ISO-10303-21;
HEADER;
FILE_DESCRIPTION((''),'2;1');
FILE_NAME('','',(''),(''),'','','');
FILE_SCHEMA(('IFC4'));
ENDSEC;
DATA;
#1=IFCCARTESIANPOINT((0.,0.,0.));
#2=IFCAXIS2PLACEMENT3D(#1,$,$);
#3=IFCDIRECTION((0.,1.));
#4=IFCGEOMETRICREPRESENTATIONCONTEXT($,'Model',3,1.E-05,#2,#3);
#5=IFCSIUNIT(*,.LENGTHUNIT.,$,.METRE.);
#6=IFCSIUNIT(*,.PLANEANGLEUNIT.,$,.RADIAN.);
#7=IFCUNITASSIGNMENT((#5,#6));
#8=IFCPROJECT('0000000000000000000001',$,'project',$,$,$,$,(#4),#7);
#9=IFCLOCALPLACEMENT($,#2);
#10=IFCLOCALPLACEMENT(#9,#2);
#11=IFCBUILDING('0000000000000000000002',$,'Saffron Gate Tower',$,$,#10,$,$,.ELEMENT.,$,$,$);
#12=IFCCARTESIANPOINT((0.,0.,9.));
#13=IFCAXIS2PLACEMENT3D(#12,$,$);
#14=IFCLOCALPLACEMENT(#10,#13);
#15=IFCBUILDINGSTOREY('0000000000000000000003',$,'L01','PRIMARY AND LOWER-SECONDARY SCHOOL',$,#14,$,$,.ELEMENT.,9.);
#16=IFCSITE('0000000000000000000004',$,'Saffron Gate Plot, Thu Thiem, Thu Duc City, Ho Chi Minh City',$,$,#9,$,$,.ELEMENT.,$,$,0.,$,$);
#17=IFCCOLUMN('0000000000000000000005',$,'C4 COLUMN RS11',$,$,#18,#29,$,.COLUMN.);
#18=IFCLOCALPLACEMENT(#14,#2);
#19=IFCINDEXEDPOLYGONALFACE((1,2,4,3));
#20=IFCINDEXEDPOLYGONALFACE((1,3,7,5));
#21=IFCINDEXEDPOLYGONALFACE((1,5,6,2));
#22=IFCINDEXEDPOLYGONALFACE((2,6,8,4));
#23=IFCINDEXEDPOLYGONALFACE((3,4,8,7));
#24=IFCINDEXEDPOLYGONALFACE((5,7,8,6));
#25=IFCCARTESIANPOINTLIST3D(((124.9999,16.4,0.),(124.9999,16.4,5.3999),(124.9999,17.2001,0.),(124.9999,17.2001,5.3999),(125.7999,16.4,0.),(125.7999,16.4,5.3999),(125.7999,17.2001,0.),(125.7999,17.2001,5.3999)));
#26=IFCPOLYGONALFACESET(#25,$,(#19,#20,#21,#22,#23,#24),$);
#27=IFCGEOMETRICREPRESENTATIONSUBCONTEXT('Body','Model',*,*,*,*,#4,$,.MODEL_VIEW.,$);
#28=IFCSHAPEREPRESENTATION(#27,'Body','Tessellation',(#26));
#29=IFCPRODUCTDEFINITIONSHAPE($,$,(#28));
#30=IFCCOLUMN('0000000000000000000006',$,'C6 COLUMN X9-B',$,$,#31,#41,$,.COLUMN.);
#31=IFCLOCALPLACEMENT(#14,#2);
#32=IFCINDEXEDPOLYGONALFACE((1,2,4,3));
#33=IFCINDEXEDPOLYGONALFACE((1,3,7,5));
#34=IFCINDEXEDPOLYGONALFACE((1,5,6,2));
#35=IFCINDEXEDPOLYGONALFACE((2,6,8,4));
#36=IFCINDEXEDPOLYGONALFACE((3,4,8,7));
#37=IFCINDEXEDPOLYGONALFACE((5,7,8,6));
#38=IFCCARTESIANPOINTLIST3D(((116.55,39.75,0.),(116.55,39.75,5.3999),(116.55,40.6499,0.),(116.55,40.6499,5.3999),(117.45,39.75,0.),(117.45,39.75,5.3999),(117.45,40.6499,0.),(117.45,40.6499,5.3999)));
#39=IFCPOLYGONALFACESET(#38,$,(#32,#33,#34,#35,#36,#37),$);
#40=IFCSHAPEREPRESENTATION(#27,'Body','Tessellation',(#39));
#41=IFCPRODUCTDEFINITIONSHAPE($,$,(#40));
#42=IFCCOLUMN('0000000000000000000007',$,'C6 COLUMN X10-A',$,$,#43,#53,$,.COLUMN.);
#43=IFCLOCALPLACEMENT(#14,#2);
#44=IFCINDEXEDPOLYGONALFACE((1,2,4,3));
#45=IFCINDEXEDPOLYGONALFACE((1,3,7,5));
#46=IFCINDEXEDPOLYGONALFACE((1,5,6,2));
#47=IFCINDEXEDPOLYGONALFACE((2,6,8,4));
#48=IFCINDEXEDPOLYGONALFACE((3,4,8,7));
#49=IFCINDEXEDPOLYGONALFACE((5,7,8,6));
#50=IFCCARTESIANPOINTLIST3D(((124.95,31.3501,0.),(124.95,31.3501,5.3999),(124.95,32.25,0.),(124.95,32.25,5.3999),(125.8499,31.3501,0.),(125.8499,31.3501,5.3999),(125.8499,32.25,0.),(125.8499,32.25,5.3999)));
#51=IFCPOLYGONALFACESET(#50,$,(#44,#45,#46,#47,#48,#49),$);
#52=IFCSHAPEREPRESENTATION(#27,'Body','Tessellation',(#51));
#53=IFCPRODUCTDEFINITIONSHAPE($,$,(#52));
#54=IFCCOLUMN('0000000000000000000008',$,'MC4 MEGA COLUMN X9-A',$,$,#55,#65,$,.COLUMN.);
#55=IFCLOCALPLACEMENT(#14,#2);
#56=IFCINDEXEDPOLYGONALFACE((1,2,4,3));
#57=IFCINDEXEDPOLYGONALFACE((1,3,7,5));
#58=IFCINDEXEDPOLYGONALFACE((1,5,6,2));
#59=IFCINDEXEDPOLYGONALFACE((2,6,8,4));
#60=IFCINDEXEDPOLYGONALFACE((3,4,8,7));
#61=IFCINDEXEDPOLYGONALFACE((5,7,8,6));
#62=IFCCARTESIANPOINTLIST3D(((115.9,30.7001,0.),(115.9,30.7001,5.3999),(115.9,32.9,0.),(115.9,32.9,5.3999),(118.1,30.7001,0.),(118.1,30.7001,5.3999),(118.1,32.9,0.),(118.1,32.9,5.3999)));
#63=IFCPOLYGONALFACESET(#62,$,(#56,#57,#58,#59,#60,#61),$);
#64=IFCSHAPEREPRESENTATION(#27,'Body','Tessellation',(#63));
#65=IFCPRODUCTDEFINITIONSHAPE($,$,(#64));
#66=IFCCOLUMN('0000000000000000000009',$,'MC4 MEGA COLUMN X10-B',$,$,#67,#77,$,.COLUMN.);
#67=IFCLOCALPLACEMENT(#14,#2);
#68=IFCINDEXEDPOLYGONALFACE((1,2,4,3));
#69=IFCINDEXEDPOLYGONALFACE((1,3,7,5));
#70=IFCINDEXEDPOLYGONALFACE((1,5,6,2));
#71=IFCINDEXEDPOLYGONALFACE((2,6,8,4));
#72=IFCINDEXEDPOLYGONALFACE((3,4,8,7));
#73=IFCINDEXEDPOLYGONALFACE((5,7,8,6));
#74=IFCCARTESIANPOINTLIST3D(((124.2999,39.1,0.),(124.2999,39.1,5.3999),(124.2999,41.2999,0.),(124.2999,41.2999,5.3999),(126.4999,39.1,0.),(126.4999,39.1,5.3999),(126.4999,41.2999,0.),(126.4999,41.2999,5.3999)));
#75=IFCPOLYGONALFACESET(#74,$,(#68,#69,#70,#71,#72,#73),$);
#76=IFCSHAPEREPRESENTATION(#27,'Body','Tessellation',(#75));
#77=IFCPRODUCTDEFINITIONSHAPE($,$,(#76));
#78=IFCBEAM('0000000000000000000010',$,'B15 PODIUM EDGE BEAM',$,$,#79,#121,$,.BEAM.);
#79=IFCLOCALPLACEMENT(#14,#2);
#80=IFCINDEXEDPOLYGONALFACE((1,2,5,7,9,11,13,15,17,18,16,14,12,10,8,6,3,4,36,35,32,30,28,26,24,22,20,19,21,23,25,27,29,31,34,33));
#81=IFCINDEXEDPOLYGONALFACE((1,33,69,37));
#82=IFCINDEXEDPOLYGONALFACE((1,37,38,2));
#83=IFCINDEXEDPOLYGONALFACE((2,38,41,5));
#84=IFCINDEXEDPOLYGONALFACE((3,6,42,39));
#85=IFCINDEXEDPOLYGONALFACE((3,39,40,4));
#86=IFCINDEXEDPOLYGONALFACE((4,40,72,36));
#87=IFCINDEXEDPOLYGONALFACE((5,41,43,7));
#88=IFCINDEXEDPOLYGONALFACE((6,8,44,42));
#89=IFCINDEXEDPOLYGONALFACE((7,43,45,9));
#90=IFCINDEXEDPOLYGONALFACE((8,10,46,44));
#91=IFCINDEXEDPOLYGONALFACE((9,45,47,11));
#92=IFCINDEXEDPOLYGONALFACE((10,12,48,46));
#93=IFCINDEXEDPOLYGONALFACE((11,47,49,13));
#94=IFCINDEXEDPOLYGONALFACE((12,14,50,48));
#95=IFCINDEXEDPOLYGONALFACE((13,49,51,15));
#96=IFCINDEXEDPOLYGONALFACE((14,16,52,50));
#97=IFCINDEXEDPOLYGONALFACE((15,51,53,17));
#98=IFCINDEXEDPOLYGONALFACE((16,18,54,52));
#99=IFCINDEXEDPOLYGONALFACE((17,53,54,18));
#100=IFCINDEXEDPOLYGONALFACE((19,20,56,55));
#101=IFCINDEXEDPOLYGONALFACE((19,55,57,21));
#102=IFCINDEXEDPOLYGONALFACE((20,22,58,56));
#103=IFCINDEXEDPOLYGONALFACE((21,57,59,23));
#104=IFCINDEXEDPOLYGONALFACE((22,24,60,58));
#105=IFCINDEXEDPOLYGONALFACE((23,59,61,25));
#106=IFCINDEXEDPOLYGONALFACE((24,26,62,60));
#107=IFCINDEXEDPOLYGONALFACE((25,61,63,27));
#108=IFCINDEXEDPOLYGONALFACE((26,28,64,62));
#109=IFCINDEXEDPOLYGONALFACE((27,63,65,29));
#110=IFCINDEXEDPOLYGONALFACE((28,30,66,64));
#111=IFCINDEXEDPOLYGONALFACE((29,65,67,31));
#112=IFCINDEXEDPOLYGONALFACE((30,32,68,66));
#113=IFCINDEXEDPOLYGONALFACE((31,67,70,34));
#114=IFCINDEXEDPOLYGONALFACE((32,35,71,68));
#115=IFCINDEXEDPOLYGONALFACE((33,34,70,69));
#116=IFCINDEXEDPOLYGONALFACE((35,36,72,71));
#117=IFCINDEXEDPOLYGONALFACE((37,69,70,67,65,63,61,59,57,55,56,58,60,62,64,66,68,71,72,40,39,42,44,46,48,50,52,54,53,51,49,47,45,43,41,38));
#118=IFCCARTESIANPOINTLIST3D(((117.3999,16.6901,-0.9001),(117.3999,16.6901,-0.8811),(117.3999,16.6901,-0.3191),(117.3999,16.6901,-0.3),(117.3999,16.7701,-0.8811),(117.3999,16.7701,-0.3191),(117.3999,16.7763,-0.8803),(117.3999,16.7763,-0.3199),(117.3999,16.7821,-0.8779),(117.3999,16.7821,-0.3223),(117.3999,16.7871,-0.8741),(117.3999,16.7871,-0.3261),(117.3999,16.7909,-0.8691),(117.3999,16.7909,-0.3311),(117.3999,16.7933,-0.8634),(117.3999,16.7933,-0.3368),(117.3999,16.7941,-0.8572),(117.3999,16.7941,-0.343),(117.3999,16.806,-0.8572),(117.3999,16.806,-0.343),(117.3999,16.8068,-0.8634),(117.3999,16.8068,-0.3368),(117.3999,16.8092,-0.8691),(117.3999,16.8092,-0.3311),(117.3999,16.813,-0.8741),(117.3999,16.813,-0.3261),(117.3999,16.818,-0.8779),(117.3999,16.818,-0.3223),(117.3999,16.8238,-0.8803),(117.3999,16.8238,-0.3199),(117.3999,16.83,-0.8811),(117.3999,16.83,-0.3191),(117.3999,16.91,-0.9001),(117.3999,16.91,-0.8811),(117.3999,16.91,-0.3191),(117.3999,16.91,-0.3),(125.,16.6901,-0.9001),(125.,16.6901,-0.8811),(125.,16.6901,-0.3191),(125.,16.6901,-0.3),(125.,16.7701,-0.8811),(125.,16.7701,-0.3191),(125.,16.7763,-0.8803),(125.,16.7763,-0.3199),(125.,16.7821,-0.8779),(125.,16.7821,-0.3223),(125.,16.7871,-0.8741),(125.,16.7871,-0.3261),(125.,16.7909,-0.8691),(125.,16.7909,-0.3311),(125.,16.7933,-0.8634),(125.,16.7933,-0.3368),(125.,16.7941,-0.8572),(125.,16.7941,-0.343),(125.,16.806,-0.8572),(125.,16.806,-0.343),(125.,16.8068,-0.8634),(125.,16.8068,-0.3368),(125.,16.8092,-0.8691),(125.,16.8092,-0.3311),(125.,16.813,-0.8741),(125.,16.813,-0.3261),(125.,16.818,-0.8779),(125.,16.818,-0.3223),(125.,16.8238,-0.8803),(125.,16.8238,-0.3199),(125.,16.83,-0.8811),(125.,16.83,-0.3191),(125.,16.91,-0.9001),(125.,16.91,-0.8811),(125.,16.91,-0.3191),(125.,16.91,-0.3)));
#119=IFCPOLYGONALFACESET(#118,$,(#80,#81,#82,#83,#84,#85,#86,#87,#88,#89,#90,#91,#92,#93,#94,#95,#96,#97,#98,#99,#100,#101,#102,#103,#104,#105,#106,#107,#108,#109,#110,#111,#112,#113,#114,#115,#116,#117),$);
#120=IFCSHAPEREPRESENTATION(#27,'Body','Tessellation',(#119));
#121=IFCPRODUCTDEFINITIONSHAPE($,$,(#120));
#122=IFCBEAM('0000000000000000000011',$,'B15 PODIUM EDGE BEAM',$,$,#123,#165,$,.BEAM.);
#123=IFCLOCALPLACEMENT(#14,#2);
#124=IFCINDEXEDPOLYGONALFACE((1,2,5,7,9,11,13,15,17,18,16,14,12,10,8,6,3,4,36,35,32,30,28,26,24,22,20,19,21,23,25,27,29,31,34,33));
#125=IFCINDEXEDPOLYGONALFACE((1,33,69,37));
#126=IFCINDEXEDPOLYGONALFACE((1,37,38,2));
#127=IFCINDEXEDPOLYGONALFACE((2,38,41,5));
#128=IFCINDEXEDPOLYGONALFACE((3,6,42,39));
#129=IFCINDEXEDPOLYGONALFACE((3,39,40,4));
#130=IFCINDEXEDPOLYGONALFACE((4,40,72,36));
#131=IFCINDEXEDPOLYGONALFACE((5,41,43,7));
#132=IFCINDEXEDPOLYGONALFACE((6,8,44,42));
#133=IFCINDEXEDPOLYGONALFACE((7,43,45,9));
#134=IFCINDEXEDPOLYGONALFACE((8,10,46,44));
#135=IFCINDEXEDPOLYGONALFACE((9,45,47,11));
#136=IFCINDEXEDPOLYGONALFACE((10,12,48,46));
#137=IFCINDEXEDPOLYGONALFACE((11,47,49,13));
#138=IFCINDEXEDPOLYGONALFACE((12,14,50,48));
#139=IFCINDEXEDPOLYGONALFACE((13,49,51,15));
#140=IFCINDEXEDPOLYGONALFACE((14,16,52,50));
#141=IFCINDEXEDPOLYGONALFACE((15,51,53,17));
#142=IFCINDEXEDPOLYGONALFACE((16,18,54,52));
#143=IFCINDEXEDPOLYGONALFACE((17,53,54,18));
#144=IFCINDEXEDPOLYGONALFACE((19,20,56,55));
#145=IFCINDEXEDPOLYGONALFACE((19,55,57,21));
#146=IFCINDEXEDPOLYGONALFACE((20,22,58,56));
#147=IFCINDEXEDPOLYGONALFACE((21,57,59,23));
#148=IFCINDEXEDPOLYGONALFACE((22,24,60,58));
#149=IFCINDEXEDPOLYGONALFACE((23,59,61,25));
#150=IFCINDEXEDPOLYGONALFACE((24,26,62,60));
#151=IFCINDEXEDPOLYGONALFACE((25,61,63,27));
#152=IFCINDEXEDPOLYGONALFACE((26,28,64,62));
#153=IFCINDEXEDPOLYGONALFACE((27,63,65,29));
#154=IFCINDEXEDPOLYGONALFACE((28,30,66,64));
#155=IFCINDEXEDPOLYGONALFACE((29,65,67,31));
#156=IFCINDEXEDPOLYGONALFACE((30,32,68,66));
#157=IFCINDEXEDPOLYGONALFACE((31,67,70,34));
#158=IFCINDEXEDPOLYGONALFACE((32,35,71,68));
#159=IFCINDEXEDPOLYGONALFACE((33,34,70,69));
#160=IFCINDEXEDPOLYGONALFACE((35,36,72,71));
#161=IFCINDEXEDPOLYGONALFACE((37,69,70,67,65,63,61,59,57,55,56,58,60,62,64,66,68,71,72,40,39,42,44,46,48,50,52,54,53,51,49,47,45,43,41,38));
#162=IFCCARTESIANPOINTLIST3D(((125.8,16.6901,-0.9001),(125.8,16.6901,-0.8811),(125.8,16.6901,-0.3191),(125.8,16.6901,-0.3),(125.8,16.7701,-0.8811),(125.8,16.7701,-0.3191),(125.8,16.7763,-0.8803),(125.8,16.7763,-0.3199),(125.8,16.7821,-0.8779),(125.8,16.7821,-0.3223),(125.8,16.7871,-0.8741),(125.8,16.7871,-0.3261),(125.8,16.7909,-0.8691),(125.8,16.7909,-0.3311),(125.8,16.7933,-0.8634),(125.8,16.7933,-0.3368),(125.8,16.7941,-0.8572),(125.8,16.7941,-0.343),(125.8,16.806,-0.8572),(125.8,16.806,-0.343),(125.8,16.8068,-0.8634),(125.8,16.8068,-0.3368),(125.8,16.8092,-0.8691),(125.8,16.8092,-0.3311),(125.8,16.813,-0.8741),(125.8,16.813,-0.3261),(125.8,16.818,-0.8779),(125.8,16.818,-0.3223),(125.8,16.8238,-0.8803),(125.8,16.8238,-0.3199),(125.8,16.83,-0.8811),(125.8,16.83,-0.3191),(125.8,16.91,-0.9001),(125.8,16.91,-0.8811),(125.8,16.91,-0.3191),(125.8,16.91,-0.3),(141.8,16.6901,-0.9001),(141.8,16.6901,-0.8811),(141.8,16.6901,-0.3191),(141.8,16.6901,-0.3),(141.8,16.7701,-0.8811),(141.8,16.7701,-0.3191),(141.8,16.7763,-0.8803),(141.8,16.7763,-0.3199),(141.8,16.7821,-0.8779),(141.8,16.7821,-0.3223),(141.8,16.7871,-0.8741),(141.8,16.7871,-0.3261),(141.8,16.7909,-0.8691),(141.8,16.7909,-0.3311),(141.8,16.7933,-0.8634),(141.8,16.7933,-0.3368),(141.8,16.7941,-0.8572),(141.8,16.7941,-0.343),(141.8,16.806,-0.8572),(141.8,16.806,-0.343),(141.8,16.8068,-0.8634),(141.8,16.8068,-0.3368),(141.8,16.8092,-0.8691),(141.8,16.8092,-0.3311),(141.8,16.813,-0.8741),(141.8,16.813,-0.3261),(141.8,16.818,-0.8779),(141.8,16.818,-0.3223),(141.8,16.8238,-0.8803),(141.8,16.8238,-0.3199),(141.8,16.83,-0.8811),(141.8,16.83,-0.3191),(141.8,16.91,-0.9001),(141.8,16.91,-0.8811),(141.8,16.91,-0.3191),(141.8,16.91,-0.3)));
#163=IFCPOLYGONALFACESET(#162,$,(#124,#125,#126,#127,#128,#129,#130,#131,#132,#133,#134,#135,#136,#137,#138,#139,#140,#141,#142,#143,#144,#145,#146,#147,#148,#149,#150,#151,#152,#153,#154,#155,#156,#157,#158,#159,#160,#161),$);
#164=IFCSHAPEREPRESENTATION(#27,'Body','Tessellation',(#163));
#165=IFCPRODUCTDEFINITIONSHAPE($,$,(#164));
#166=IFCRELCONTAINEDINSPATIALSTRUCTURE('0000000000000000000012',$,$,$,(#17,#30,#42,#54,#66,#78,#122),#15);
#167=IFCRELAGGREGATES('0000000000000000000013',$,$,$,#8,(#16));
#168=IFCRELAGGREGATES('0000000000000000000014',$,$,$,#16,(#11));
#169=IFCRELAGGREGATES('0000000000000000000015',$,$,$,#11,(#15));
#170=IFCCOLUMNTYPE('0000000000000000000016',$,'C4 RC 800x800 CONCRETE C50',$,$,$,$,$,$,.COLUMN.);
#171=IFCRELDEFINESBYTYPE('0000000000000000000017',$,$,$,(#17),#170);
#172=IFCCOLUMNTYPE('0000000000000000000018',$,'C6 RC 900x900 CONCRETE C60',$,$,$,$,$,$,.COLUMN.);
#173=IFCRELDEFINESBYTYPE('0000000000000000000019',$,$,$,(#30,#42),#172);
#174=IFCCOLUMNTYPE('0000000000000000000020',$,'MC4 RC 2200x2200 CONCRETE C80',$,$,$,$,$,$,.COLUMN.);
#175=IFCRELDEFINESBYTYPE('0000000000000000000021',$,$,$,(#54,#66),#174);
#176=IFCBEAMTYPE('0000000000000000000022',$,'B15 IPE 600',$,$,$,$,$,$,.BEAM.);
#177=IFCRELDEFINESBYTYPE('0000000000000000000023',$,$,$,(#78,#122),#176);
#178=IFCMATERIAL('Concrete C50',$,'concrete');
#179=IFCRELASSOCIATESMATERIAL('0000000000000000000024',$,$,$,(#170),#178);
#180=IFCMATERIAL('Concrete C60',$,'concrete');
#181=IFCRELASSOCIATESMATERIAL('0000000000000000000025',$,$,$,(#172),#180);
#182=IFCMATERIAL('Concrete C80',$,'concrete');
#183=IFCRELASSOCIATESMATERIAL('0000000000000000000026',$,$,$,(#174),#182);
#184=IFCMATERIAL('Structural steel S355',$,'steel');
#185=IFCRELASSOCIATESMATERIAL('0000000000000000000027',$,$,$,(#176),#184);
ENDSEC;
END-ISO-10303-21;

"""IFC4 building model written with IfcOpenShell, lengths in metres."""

from ifc_helpers import new_model, si_unit, direction, frame, origin, origin_2d, place, context, subcontext, project, spatial, rectangle, i_section, extrude, material, material_profile, profile_set, type_object, element, save


model = new_model("IFC4")

# Units and contexts
model_context = context("Model", 3, precision=1e-05, world=origin(), true_north=direction((0.0, 1.0)))
body_context = subcontext(model_context, "Body", "Model", "MODEL_VIEW")
ifc_project = project(units=[si_unit("LENGTHUNIT", "METRE"), si_unit("PLANEANGLEUNIT", "RADIAN")], contexts=[model_context])

# Site, building, storey
site_placement = place(None, origin())
site = spatial("IfcSite", under=ifc_project, at=site_placement, Name="Saffron Gate Plot, Thu Thiem, Thu Duc City, Ho Chi Minh City", CompositionType="ELEMENT", RefElevation=0.0)
building_placement = place(site_placement, origin())
building = spatial("IfcBuilding", under=site, at=building_placement, Name="Saffron Gate Tower", CompositionType="ELEMENT")
storey_placement = place(building_placement, frame((0.0, 0.0, 9.0)))
storey = spatial("IfcBuildingStorey", under=building, at=storey_placement, Name="L01", Description="PRIMARY AND LOWER-SECONDARY SCHOOL", CompositionType="ELEMENT", Elevation=9.0)

# Columns
ifc_material_1 = material(Name="Concrete C50", Category="concrete")
ifc_material_profile_1 = material_profile(ifc_material_1, rectangle(XDim=0.8, YDim=0.8, at=origin_2d()))
ifc_profile_set_1 = profile_set([ifc_material_profile_1], Name="Concrete C50")
column_type_1 = type_object("IfcColumnType", Name="C4 RC 800x800 CONCRETE C50", PredefinedType="COLUMN", material=ifc_profile_set_1)
column_placement = place(storey_placement, frame((125.3999, 16.8, 0.0), z_axis=(0.0, 0.0, 1.0), x_axis=(1.0, 0.0, 0.0)))
element("IfcColumn", 1, at=column_placement, inside=storey, type_object=column_type_1, Name="C4 COLUMN RS11", PredefinedType="COLUMN", context=body_context, shape_type="SweptSolid", body=[
    extrude(rectangle(XDim=0.8, YDim=0.8, at=origin_2d()), origin(), (0.0, 0.0, 1.0), 5.3999),
])
ifc_material_2 = material(Name="Concrete C60", Category="concrete")
ifc_material_profile_2 = material_profile(ifc_material_2, rectangle(XDim=0.8999, YDim=0.8999, at=origin_2d()))
ifc_profile_set_2 = profile_set([ifc_material_profile_2], Name="Concrete C60")
column_type_2 = type_object("IfcColumnType", Name="C6 RC 900x900 CONCRETE C60", PredefinedType="COLUMN", material=ifc_profile_set_2)
for number, where, z_axis, x_axis, name in (
    (2, (117.0, 40.2, 0.0), (0.0, 0.0, 1.0), (1.0, 0.0, 0.0), "C6 COLUMN X9-B"),
    (3, (125.3999, 31.8, 0.0), (0.0, 0.0, 1.0), (1.0, 0.0, 0.0), "C6 COLUMN X10-A"),
):
    element("IfcColumn", number, at=place(storey_placement, frame(where, z_axis=z_axis, x_axis=x_axis)), inside=storey, type_object=column_type_2, Name=name, PredefinedType="COLUMN", context=body_context, shape_type="SweptSolid", body=[
        extrude(rectangle(XDim=0.8999, YDim=0.8999, at=origin_2d()), origin(), (0.0, 0.0, 1.0), 5.3999),
    ])
ifc_material_3 = material(Name="Concrete C80", Category="concrete")
ifc_material_profile_3 = material_profile(ifc_material_3, rectangle(XDim=2.2, YDim=2.2, at=origin_2d()))
ifc_profile_set_3 = profile_set([ifc_material_profile_3], Name="Concrete C80")
column_type_3 = type_object("IfcColumnType", Name="MC4 RC 2200x2200 CONCRETE C80", PredefinedType="COLUMN", material=ifc_profile_set_3)
for number, where, z_axis, x_axis, name in (
    (4, (117.0, 31.8, 0.0), (0.0, 0.0, 1.0), (1.0, 0.0, 0.0), "MC4 MEGA COLUMN X9-A"),
    (5, (125.3999, 40.2, 0.0), (0.0, 0.0, 1.0), (1.0, 0.0, 0.0), "MC4 MEGA COLUMN X10-B"),
):
    element("IfcColumn", number, at=place(storey_placement, frame(where, z_axis=z_axis, x_axis=x_axis)), inside=storey, type_object=column_type_3, Name=name, PredefinedType="COLUMN", context=body_context, shape_type="SweptSolid", body=[
        extrude(rectangle(XDim=2.2, YDim=2.2, at=origin_2d()), origin(), (0.0, 0.0, 1.0), 5.3999),
    ])

# Beams
ifc_material_4 = material(Name="Structural steel S355", Category="steel")
ifc_material_profile_4 = material_profile(ifc_material_4, i_section(OverallWidth=0.22, OverallDepth=0.6001, WebThickness=0.012, FlangeThickness=0.019, FilletRadius=0.0239, at=origin_2d()))
ifc_profile_set_4 = profile_set([ifc_material_profile_4], Name="Structural steel S355")
beam_type_1 = type_object("IfcBeamType", Name="B15 IPE 600", PredefinedType="BEAM", material=ifc_profile_set_4)
beam_1_placement = place(storey_placement, frame((117.3999, 16.8, -0.6001), z_axis=(1.0, 0.0, 0.0), x_axis=(0.0, 1.0, 0.0)))
element("IfcBeam", 6, at=beam_1_placement, inside=storey, type_object=beam_type_1, Name="B15 PODIUM EDGE BEAM", PredefinedType="BEAM", context=body_context, shape_type="SweptSolid", body=[
    extrude(i_section(OverallWidth=0.22, OverallDepth=0.6001, WebThickness=0.012, FlangeThickness=0.019, FilletRadius=0.0239, at=origin_2d()), origin(), (0.0, 0.0, 1.0), 7.6001),
])
beam_2_placement = place(storey_placement, frame((125.8, 16.8, -0.6001), z_axis=(1.0, 0.0, 0.0), x_axis=(0.0, 1.0, 0.0)))
element("IfcBeam", 7, at=beam_2_placement, inside=storey, type_object=beam_type_1, Name="B15 PODIUM EDGE BEAM", PredefinedType="BEAM", context=body_context, shape_type="SweptSolid", body=[
    extrude(i_section(OverallWidth=0.22, OverallDepth=0.6001, WebThickness=0.012, FlangeThickness=0.019, FilletRadius=0.0239, at=origin_2d()), origin(), (0.0, 0.0, 1.0), 16.0),
])

save(model, "model.ifc")
